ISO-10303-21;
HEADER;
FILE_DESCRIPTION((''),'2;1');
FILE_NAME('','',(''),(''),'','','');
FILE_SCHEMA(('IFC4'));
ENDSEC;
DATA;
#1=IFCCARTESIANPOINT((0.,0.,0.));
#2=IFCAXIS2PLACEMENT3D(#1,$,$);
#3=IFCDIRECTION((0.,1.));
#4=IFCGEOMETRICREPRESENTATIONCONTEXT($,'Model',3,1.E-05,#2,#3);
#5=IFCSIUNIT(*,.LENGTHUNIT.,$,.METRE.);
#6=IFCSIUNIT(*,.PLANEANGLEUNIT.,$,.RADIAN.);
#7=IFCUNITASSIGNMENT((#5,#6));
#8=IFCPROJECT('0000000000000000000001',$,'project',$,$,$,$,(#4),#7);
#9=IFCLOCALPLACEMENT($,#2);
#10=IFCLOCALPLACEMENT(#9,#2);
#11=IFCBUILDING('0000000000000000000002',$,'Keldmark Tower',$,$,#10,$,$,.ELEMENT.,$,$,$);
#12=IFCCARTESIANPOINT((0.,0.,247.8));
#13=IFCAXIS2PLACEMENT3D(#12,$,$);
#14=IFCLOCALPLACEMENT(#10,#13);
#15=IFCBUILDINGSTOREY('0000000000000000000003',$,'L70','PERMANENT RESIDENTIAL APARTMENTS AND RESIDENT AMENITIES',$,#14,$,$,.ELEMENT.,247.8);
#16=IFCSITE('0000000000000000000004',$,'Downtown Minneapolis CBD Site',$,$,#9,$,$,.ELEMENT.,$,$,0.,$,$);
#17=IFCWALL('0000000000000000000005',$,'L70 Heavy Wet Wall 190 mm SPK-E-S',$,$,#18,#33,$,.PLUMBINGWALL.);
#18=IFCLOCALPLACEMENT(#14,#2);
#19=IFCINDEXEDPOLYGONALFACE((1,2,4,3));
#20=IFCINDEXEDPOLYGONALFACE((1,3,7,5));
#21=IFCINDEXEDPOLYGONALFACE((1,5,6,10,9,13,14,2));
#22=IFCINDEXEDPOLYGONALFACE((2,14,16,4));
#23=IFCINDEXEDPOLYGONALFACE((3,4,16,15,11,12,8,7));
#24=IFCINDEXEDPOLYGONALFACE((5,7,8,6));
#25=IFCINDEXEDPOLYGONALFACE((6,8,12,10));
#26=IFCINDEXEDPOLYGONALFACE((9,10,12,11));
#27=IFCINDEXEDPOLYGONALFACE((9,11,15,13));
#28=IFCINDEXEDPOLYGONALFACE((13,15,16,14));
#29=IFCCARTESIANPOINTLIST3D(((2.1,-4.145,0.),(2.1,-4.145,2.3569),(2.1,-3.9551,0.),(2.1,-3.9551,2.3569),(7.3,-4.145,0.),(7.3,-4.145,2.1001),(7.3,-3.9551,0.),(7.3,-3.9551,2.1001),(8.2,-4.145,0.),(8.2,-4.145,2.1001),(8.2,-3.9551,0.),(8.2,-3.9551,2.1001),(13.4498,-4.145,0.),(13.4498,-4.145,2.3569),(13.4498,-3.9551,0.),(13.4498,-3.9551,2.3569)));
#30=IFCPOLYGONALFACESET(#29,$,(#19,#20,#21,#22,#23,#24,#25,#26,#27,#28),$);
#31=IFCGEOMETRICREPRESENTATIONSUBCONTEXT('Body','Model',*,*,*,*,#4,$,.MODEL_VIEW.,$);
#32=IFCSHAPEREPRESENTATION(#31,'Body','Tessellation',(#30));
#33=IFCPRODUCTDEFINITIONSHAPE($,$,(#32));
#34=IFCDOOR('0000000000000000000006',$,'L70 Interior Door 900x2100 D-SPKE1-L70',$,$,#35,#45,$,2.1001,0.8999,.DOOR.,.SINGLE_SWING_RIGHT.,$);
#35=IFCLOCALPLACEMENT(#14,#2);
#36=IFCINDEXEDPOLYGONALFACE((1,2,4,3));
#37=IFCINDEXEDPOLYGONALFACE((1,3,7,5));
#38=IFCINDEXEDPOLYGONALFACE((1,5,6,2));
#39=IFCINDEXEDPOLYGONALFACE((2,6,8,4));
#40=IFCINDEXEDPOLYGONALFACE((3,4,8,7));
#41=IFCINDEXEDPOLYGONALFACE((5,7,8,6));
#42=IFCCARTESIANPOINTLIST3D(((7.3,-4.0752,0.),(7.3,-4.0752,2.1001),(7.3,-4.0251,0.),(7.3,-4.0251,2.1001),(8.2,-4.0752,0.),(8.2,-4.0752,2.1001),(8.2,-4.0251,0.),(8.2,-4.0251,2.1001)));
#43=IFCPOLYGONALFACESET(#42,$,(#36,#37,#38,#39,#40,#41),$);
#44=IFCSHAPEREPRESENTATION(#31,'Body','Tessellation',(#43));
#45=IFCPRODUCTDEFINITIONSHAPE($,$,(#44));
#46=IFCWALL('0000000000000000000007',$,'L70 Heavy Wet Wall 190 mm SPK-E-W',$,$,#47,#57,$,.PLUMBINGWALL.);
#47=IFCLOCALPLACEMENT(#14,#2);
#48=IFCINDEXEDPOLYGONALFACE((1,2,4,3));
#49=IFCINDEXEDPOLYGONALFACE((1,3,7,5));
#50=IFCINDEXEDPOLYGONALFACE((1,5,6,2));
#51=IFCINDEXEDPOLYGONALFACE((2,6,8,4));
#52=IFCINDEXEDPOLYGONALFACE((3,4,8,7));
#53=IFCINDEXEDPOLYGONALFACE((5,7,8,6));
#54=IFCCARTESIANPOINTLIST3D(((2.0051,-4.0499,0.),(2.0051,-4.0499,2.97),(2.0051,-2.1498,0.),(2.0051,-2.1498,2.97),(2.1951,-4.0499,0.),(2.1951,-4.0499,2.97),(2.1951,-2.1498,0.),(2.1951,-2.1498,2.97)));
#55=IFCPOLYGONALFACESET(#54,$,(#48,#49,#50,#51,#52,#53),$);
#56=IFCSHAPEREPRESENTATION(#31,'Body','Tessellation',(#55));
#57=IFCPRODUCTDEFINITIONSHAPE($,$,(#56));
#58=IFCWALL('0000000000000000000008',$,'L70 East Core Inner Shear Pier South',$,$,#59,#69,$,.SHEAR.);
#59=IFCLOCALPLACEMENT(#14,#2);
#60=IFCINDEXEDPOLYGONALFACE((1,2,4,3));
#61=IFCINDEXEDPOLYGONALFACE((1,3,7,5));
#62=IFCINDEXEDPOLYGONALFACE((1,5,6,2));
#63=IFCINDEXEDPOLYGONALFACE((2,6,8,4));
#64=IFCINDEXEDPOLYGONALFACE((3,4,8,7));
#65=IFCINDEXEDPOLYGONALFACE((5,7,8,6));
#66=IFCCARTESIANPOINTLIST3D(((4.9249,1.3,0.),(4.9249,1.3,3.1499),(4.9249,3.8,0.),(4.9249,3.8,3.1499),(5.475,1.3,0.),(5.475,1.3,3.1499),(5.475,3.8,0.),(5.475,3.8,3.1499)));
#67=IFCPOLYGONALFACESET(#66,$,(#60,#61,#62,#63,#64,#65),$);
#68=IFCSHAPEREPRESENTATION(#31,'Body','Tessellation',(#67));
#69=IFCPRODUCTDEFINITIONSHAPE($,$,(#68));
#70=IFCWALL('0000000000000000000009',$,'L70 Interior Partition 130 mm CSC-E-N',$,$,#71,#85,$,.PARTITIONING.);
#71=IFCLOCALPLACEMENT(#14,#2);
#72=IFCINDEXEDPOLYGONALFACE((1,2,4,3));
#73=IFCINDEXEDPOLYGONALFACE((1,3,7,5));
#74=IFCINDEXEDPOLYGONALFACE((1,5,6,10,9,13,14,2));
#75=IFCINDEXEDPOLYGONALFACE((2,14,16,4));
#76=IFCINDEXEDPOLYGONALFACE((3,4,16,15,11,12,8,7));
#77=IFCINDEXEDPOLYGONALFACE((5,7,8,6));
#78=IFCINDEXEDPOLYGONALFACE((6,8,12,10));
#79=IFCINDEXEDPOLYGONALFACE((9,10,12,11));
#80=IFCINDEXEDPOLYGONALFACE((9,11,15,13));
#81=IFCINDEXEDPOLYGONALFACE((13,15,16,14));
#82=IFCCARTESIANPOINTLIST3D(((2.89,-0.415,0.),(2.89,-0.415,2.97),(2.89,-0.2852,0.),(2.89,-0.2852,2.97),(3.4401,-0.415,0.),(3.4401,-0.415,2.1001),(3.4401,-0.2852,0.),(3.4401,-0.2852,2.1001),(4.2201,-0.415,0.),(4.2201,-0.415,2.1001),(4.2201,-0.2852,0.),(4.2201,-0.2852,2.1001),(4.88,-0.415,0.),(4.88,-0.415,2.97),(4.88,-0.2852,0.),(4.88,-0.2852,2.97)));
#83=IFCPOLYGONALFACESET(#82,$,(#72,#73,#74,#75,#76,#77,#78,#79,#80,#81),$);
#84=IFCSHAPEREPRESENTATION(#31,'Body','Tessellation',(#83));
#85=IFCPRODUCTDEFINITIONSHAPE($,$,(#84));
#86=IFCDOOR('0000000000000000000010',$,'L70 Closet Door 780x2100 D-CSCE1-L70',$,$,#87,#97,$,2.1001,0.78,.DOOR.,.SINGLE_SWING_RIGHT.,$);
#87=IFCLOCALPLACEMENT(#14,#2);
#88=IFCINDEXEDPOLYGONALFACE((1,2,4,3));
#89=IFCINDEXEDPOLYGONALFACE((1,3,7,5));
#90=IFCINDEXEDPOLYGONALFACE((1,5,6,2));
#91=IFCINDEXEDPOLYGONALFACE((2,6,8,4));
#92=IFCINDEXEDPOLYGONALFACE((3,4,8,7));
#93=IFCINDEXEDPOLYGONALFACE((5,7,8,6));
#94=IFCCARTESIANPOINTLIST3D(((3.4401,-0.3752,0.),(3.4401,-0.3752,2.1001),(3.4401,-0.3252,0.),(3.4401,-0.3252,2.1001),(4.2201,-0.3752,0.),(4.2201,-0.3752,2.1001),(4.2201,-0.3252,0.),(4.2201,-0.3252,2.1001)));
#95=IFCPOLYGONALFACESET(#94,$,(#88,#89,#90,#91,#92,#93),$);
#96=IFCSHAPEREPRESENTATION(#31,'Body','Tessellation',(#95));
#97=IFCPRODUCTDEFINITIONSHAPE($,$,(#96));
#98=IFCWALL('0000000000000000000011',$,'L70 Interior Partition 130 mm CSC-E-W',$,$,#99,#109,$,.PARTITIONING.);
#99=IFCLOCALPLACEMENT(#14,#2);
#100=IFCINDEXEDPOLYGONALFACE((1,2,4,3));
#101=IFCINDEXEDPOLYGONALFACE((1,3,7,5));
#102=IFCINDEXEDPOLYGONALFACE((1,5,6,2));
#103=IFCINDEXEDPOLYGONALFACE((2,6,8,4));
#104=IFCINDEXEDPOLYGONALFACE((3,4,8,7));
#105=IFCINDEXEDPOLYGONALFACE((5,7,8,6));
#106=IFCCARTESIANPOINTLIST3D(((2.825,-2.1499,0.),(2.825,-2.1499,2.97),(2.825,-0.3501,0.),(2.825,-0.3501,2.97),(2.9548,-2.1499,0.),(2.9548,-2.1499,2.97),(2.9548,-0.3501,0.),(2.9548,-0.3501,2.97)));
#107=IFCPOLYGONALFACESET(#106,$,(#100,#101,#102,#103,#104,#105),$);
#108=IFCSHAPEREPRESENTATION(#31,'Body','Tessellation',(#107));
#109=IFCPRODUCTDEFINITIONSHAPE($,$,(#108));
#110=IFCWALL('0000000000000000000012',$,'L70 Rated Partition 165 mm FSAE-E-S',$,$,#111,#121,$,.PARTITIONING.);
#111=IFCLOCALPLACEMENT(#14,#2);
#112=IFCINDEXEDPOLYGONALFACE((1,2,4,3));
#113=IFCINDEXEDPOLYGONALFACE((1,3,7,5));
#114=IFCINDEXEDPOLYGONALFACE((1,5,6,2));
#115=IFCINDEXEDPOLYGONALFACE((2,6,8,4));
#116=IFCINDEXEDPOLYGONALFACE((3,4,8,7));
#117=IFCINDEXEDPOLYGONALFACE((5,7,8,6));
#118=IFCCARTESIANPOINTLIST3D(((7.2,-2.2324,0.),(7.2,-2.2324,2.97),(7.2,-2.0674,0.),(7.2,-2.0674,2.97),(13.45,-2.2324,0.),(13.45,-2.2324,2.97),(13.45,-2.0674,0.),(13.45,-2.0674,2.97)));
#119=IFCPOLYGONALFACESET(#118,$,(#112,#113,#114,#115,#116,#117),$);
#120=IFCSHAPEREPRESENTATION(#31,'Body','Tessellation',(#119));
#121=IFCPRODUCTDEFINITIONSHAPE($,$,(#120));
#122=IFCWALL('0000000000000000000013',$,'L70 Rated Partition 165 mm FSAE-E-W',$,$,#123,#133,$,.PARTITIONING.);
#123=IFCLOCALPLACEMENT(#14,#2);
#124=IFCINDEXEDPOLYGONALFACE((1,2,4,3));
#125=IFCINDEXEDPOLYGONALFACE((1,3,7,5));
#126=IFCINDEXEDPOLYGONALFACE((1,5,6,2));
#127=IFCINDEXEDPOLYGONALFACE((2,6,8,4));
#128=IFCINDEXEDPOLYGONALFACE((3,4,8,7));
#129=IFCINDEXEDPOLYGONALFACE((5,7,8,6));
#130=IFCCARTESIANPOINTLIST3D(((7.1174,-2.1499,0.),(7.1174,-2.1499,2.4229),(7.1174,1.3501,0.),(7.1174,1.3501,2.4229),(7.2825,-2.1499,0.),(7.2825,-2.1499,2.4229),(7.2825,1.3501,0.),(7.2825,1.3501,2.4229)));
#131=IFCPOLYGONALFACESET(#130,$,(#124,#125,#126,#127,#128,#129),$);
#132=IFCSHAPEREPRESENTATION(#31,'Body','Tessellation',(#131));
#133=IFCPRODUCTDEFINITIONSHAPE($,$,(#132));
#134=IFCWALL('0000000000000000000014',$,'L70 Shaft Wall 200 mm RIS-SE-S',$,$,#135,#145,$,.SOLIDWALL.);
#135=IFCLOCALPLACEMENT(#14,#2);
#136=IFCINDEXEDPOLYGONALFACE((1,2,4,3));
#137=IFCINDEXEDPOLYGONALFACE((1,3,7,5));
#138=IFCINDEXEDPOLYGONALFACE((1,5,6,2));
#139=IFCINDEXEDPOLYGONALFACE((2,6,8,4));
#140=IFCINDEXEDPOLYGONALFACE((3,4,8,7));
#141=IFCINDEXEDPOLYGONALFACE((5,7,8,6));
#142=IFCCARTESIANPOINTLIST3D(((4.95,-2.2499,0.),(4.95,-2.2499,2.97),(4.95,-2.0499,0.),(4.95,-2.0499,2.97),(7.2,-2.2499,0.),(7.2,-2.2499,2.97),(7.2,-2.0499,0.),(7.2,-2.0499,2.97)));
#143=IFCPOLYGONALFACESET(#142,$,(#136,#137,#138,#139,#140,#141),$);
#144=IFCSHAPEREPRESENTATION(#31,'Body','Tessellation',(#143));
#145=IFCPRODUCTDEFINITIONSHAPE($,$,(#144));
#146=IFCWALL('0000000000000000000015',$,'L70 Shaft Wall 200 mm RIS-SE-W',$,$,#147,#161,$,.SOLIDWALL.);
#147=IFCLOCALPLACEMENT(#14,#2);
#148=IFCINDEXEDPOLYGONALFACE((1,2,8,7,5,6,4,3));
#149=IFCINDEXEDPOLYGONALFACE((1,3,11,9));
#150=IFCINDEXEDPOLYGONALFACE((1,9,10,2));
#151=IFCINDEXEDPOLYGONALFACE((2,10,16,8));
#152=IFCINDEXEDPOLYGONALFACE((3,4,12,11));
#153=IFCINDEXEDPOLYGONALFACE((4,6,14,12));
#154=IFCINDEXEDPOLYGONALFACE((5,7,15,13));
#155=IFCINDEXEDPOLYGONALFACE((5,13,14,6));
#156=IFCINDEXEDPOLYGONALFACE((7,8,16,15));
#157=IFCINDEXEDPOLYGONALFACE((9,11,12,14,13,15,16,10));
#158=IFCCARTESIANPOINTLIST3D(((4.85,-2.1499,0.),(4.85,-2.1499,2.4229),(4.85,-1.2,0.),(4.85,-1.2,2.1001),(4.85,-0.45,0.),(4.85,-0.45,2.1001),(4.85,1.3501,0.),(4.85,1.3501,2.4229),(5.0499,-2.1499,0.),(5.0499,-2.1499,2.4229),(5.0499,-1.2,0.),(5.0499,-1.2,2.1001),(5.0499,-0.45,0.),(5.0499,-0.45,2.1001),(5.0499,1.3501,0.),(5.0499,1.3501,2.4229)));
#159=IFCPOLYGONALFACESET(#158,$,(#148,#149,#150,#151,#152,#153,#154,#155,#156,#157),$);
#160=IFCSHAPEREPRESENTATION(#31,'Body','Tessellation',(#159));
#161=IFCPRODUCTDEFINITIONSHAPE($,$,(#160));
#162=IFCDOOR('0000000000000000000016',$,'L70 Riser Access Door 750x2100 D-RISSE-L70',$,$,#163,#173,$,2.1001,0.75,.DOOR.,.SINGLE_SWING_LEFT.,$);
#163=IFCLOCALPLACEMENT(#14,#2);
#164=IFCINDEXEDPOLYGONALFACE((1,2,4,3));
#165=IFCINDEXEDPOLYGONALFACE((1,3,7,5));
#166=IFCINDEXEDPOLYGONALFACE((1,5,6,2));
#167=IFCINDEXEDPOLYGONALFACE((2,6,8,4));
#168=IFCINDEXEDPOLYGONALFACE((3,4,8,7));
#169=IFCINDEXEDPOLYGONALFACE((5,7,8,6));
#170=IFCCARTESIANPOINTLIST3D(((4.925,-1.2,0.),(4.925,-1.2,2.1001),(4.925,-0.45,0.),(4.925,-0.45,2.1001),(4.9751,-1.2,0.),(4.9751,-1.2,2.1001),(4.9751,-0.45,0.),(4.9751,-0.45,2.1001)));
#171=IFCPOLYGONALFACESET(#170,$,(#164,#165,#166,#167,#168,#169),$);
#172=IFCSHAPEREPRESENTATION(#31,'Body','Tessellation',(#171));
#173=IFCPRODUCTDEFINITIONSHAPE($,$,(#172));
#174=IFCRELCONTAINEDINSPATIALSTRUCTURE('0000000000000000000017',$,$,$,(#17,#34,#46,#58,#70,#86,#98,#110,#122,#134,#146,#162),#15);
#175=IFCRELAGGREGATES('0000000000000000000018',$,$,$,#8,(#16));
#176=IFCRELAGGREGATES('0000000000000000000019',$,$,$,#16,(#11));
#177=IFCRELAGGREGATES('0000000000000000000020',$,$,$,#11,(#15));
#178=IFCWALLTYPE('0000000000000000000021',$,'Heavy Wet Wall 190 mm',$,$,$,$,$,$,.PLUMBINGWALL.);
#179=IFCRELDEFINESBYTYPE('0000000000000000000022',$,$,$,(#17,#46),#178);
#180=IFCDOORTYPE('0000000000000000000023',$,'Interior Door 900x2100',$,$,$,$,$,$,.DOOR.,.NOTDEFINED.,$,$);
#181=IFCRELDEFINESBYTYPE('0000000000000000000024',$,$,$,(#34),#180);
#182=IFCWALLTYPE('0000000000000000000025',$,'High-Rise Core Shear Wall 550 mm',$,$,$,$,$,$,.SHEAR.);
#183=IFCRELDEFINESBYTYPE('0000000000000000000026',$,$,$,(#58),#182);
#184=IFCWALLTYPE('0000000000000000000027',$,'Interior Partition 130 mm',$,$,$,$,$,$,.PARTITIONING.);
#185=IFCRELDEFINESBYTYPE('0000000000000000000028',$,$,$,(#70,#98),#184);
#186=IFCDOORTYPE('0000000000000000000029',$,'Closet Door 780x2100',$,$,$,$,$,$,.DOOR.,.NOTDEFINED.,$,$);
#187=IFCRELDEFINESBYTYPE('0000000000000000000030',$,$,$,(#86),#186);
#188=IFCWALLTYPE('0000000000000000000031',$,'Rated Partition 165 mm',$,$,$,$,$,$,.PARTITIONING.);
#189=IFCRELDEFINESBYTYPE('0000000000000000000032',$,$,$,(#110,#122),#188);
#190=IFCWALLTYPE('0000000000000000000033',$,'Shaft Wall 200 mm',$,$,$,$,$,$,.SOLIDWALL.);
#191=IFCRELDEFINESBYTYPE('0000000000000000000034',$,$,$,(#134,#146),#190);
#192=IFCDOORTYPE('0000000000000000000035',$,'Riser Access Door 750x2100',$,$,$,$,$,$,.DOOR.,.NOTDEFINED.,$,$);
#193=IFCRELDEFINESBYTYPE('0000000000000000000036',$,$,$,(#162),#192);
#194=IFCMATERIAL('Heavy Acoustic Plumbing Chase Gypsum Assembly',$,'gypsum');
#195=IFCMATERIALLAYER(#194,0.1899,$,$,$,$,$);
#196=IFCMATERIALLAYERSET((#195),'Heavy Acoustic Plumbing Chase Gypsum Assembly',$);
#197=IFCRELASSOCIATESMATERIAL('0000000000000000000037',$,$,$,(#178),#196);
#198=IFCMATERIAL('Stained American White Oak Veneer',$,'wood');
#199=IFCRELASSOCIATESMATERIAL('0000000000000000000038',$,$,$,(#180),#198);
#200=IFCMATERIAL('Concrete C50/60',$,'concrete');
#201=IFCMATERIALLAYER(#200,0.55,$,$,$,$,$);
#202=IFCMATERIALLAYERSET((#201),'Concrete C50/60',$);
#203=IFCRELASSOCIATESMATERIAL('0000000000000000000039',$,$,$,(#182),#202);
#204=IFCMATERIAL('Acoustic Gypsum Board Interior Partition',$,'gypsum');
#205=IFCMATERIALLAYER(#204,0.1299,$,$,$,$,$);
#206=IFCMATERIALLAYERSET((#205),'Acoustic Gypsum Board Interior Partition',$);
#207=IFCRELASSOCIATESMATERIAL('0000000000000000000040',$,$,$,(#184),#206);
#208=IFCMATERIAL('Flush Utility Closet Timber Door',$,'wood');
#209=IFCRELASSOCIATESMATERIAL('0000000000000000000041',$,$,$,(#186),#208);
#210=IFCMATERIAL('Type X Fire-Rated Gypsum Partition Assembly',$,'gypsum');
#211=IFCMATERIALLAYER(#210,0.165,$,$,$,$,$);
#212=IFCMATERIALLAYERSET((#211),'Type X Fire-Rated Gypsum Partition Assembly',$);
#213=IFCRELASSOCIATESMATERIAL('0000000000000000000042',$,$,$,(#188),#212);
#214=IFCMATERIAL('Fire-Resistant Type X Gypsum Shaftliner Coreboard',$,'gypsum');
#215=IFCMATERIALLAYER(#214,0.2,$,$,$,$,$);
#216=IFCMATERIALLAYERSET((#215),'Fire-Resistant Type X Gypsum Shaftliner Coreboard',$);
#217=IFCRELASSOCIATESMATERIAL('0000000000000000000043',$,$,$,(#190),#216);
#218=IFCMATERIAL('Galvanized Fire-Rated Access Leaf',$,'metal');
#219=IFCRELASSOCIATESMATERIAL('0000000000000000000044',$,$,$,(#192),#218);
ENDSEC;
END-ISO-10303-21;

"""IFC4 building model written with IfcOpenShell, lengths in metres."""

from ifc_helpers import new_model, si_unit, direction, frame, frame_2d, origin, place, context, subcontext, project, spatial, rectangle, extrude, material, layer, layer_set, type_object, element, fill, save


model = new_model("IFC4")

# Units and contexts
model_context = context("Model", 3, precision=1e-05, world=origin(), true_north=direction((0.0, 1.0)))
body_context = subcontext(model_context, "Body", "Model", "MODEL_VIEW")
ifc_project = project(units=[si_unit("LENGTHUNIT", "METRE"), si_unit("PLANEANGLEUNIT", "RADIAN")], contexts=[model_context])

# Site, building, storey
site_placement = place(None, origin())
site = spatial("IfcSite", under=ifc_project, at=site_placement, Name="Downtown Minneapolis CBD Site", CompositionType="ELEMENT", RefElevation=0.0)
building_placement = place(site_placement, origin())
building = spatial("IfcBuilding", under=site, at=building_placement, Name="Keldmark Tower", CompositionType="ELEMENT")
storey_placement = place(building_placement, frame((0.0, 0.0, 247.8)))
storey = spatial("IfcBuildingStorey", under=building, at=storey_placement, Name="L70", Description="PERMANENT RESIDENTIAL APARTMENTS AND RESIDENT AMENITIES", CompositionType="ELEMENT", Elevation=247.8)

# Wall, opening, door
ifc_material_1 = material(Name="Heavy Acoustic Plumbing Chase Gypsum Assembly", Category="gypsum")
ifc_layer_1 = layer(ifc_material_1, 0.1899)
ifc_layer_set_1 = layer_set([ifc_layer_1], Name="Heavy Acoustic Plumbing Chase Gypsum Assembly")
wall_type_1 = type_object("IfcWallType", Name="Heavy Wet Wall 190 mm", PredefinedType="PLUMBINGWALL", material=ifc_layer_set_1)
wall_1_placement = place(storey_placement, frame((2.1001, -4.05, 0.0), z_axis=(0.0, 0.0, 1.0), x_axis=(1.0, 0.0, 0.0)))
wall_1 = element("IfcWall", 1, at=wall_1_placement, inside=storey, type_object=wall_type_1, Name="L70 Heavy Wet Wall 190 mm SPK-E-S", PredefinedType="PLUMBINGWALL", context=body_context, shape_type="SweptSolid", body=[
    extrude(rectangle(XDim=11.3499, YDim=0.1899, at=frame_2d((5.6748, 0.0))), origin(), (0.0, 0.0, 1.0), 2.3569),
])
opening_1_placement = place(wall_1_placement, frame((5.2, 0.0, 0.0)))
opening_1 = element("IfcOpeningElement", 2, at=opening_1_placement, cuts=wall_1, PredefinedType="OPENING", context=body_context, shape_type="SweptSolid", body=[
    extrude(rectangle(XDim=0.8999, YDim=2.1001, at=frame_2d((0.45, 1.05))), frame((0.0, 0.105, 0.0), z_axis=(0.0, -1.0, 0.0), x_axis=(1.0, 0.0, 0.0)), (0.0, 0.0, 1.0), 0.21),
])
ifc_material_2 = material(Name="Stained American White Oak Veneer", Category="wood")
door_type_1 = type_object("IfcDoorType", Name="Interior Door 900x2100", OperationType="NOTDEFINED", PredefinedType="DOOR", material=ifc_material_2)
door_1_placement = place(opening_1_placement, origin())
door_1 = element("IfcDoor", 3, at=door_1_placement, inside=storey, type_object=door_type_1, Name="L70 Interior Door 900x2100 D-SPKE1-L70", OperationType="SINGLE_SWING_RIGHT", OverallHeight=2.1001, OverallWidth=0.8999, PredefinedType="DOOR", context=body_context, shape_type="SweptSolid", body=[
    extrude(rectangle(XDim=0.8999, YDim=2.1001, at=frame_2d((0.45, 1.05))), frame((0.0, 0.0249, 0.0), z_axis=(0.0, -1.0, 0.0), x_axis=(1.0, 0.0, 0.0)), (0.0, 0.0, 1.0), 0.05),
])
fill(opening_1, door_1)

# Walls
wall_2_placement = place(storey_placement, frame((2.1001, -4.05, 0.0), z_axis=(0.0, 0.0, 1.0), x_axis=(0.0, 1.0, 0.0)))
element("IfcWall", 4, at=wall_2_placement, inside=storey, type_object=wall_type_1, Name="L70 Heavy Wet Wall 190 mm SPK-E-W", PredefinedType="PLUMBINGWALL", context=body_context, shape_type="SweptSolid", body=[
    extrude(rectangle(XDim=1.9001, YDim=0.1899, at=frame_2d((0.9502, 0.0))), origin(), (0.0, 0.0, 1.0), 2.97),
])
ifc_material_3 = material(Name="Concrete C50/60", Category="concrete")
ifc_layer_2 = layer(ifc_material_3, 0.55)
ifc_layer_set_2 = layer_set([ifc_layer_2], Name="Concrete C50/60")
wall_type_2 = type_object("IfcWallType", Name="High-Rise Core Shear Wall 550 mm", PredefinedType="SHEAR", material=ifc_layer_set_2)
wall_3_placement = place(storey_placement, frame((5.2, 1.3, 0.0), z_axis=(0.0, 0.0, 1.0), x_axis=(0.0, 1.0, 0.0)))
element("IfcWall", 5, at=wall_3_placement, inside=storey, type_object=wall_type_2, Name="L70 East Core Inner Shear Pier South", PredefinedType="SHEAR", context=body_context, shape_type="SweptSolid", body=[
    extrude(rectangle(XDim=2.5, YDim=0.55, at=frame_2d((1.25, 0.0))), origin(), (0.0, 0.0, 1.0), 3.1499),
])

# Wall, opening, door
ifc_material_4 = material(Name="Acoustic Gypsum Board Interior Partition", Category="gypsum")
ifc_layer_3 = layer(ifc_material_4, 0.1299)
ifc_layer_set_3 = layer_set([ifc_layer_3], Name="Acoustic Gypsum Board Interior Partition")
wall_type_3 = type_object("IfcWallType", Name="Interior Partition 130 mm", PredefinedType="PARTITIONING", material=ifc_layer_set_3)
wall_4_placement = place(storey_placement, frame((2.8899, -0.3501, 0.0), z_axis=(0.0, 0.0, 1.0), x_axis=(1.0, 0.0, 0.0)))
wall_4 = element("IfcWall", 6, at=wall_4_placement, inside=storey, type_object=wall_type_3, Name="L70 Interior Partition 130 mm CSC-E-N", PredefinedType="PARTITIONING", context=body_context, shape_type="SweptSolid", body=[
    extrude(rectangle(XDim=1.99, YDim=0.1299, at=frame_2d((0.9951, 0.0))), origin(), (0.0, 0.0, 1.0), 2.97),
])
opening_2_placement = place(wall_4_placement, frame((0.55, 0.0, 0.0)))
opening_2 = element("IfcOpeningElement", 7, at=opening_2_placement, cuts=wall_4, PredefinedType="OPENING", context=body_context, shape_type="SweptSolid", body=[
    extrude(rectangle(XDim=0.78, YDim=2.1001, at=frame_2d((0.3901, 1.05))), frame((0.0, 0.075, 0.0), z_axis=(0.0, -1.0, 0.0), x_axis=(1.0, 0.0, 0.0)), (0.0, 0.0, 1.0), 0.1499),
])
ifc_material_5 = material(Name="Flush Utility Closet Timber Door", Category="wood")
door_type_2 = type_object("IfcDoorType", Name="Closet Door 780x2100", OperationType="NOTDEFINED", PredefinedType="DOOR", material=ifc_material_5)
door_2_placement = place(opening_2_placement, origin())
door_2 = element("IfcDoor", 8, at=door_2_placement, inside=storey, type_object=door_type_2, Name="L70 Closet Door 780x2100 D-CSCE1-L70", OperationType="SINGLE_SWING_RIGHT", OverallHeight=2.1001, OverallWidth=0.78, PredefinedType="DOOR", context=body_context, shape_type="SweptSolid", body=[
    extrude(rectangle(XDim=0.78, YDim=2.1001, at=frame_2d((0.3901, 1.05))), frame((0.0, 0.0249, 0.0), z_axis=(0.0, -1.0, 0.0), x_axis=(1.0, 0.0, 0.0)), (0.0, 0.0, 1.0), 0.05),
])
fill(opening_2, door_2)

# Walls
wall_5_placement = place(storey_placement, frame((2.8899, -2.1499, 0.0), z_axis=(0.0, 0.0, 1.0), x_axis=(0.0, 1.0, 0.0)))
element("IfcWall", 9, at=wall_5_placement, inside=storey, type_object=wall_type_3, Name="L70 Interior Partition 130 mm CSC-E-W", PredefinedType="PARTITIONING", context=body_context, shape_type="SweptSolid", body=[
    extrude(rectangle(XDim=1.7998, YDim=0.1299, at=frame_2d((0.8999, 0.0))), origin(), (0.0, 0.0, 1.0), 2.97),
])
ifc_material_6 = material(Name="Type X Fire-Rated Gypsum Partition Assembly", Category="gypsum")
ifc_layer_4 = layer(ifc_material_6, 0.165)
ifc_layer_set_4 = layer_set([ifc_layer_4], Name="Type X Fire-Rated Gypsum Partition Assembly")
wall_type_4 = type_object("IfcWallType", Name="Rated Partition 165 mm", PredefinedType="PARTITIONING", material=ifc_layer_set_4)
wall_6_placement = place(storey_placement, frame((7.2, -2.1499, 0.0), z_axis=(0.0, 0.0, 1.0), x_axis=(1.0, 0.0, 0.0)))
element("IfcWall", 10, at=wall_6_placement, inside=storey, type_object=wall_type_4, Name="L70 Rated Partition 165 mm FSAE-E-S", PredefinedType="PARTITIONING", context=body_context, shape_type="SweptSolid", body=[
    extrude(rectangle(XDim=6.25, YDim=0.165, at=frame_2d((3.125, 0.0))), origin(), (0.0, 0.0, 1.0), 2.97),
])
wall_7_placement = place(storey_placement, frame((7.2, -2.1499, 0.0), z_axis=(0.0, 0.0, 1.0), x_axis=(0.0, 1.0, 0.0)))
element("IfcWall", 11, at=wall_7_placement, inside=storey, type_object=wall_type_4, Name="L70 Rated Partition 165 mm FSAE-E-W", PredefinedType="PARTITIONING", context=body_context, shape_type="SweptSolid", body=[
    extrude(rectangle(XDim=3.5, YDim=0.165, at=frame_2d((1.75, 0.0))), origin(), (0.0, 0.0, 1.0), 2.4229),
])
ifc_material_7 = material(Name="Fire-Resistant Type X Gypsum Shaftliner Coreboard", Category="gypsum")
ifc_layer_5 = layer(ifc_material_7, 0.2)
ifc_layer_set_5 = layer_set([ifc_layer_5], Name="Fire-Resistant Type X Gypsum Shaftliner Coreboard")
wall_type_5 = type_object("IfcWallType", Name="Shaft Wall 200 mm", PredefinedType="SOLIDWALL", material=ifc_layer_set_5)
wall_8_placement = place(storey_placement, frame((4.95, -2.1499, 0.0), z_axis=(0.0, 0.0, 1.0), x_axis=(1.0, 0.0, 0.0)))
element("IfcWall", 12, at=wall_8_placement, inside=storey, type_object=wall_type_5, Name="L70 Shaft Wall 200 mm RIS-SE-S", PredefinedType="SOLIDWALL", context=body_context, shape_type="SweptSolid", body=[
    extrude(rectangle(XDim=2.25, YDim=0.2, at=frame_2d((1.125, 0.0))), origin(), (0.0, 0.0, 1.0), 2.97),
])

# Wall, opening, door
wall_9_placement = place(storey_placement, frame((4.95, -2.1499, 0.0), z_axis=(0.0, 0.0, 1.0), x_axis=(0.0, 1.0, 0.0)))
wall_9 = element("IfcWall", 13, at=wall_9_placement, inside=storey, type_object=wall_type_5, Name="L70 Shaft Wall 200 mm RIS-SE-W", PredefinedType="SOLIDWALL", context=body_context, shape_type="SweptSolid", body=[
    extrude(rectangle(XDim=3.5, YDim=0.2, at=frame_2d((1.75, 0.0))), origin(), (0.0, 0.0, 1.0), 2.4229),
])
opening_3_placement = place(wall_9_placement, frame((0.95, 0.0, 0.0)))
opening_3 = element("IfcOpeningElement", 14, at=opening_3_placement, cuts=wall_9, PredefinedType="OPENING", context=body_context, shape_type="SweptSolid", body=[
    extrude(rectangle(XDim=0.75, YDim=2.1001, at=frame_2d((0.375, 1.05))), frame((0.0, 0.1099, 0.0), z_axis=(0.0, -1.0, 0.0), x_axis=(1.0, 0.0, 0.0)), (0.0, 0.0, 1.0), 0.22),
])
ifc_material_8 = material(Name="Galvanized Fire-Rated Access Leaf", Category="metal")
door_type_3 = type_object("IfcDoorType", Name="Riser Access Door 750x2100", OperationType="NOTDEFINED", PredefinedType="DOOR", material=ifc_material_8)
door_3_placement = place(opening_3_placement, origin())
door_3 = element("IfcDoor", 15, at=door_3_placement, inside=storey, type_object=door_type_3, Name="L70 Riser Access Door 750x2100 D-RISSE-L70", OperationType="SINGLE_SWING_LEFT", OverallHeight=2.1001, OverallWidth=0.75, PredefinedType="DOOR", context=body_context, shape_type="SweptSolid", body=[
    extrude(rectangle(XDim=0.75, YDim=2.1001, at=frame_2d((0.375, 1.05))), frame((0.0, 0.0249, 0.0), z_axis=(0.0, -1.0, 0.0), x_axis=(1.0, 0.0, 0.0)), (0.0, 0.0, 1.0), 0.05),
])
fill(opening_3, door_3)

save(model, "model.ifc")
